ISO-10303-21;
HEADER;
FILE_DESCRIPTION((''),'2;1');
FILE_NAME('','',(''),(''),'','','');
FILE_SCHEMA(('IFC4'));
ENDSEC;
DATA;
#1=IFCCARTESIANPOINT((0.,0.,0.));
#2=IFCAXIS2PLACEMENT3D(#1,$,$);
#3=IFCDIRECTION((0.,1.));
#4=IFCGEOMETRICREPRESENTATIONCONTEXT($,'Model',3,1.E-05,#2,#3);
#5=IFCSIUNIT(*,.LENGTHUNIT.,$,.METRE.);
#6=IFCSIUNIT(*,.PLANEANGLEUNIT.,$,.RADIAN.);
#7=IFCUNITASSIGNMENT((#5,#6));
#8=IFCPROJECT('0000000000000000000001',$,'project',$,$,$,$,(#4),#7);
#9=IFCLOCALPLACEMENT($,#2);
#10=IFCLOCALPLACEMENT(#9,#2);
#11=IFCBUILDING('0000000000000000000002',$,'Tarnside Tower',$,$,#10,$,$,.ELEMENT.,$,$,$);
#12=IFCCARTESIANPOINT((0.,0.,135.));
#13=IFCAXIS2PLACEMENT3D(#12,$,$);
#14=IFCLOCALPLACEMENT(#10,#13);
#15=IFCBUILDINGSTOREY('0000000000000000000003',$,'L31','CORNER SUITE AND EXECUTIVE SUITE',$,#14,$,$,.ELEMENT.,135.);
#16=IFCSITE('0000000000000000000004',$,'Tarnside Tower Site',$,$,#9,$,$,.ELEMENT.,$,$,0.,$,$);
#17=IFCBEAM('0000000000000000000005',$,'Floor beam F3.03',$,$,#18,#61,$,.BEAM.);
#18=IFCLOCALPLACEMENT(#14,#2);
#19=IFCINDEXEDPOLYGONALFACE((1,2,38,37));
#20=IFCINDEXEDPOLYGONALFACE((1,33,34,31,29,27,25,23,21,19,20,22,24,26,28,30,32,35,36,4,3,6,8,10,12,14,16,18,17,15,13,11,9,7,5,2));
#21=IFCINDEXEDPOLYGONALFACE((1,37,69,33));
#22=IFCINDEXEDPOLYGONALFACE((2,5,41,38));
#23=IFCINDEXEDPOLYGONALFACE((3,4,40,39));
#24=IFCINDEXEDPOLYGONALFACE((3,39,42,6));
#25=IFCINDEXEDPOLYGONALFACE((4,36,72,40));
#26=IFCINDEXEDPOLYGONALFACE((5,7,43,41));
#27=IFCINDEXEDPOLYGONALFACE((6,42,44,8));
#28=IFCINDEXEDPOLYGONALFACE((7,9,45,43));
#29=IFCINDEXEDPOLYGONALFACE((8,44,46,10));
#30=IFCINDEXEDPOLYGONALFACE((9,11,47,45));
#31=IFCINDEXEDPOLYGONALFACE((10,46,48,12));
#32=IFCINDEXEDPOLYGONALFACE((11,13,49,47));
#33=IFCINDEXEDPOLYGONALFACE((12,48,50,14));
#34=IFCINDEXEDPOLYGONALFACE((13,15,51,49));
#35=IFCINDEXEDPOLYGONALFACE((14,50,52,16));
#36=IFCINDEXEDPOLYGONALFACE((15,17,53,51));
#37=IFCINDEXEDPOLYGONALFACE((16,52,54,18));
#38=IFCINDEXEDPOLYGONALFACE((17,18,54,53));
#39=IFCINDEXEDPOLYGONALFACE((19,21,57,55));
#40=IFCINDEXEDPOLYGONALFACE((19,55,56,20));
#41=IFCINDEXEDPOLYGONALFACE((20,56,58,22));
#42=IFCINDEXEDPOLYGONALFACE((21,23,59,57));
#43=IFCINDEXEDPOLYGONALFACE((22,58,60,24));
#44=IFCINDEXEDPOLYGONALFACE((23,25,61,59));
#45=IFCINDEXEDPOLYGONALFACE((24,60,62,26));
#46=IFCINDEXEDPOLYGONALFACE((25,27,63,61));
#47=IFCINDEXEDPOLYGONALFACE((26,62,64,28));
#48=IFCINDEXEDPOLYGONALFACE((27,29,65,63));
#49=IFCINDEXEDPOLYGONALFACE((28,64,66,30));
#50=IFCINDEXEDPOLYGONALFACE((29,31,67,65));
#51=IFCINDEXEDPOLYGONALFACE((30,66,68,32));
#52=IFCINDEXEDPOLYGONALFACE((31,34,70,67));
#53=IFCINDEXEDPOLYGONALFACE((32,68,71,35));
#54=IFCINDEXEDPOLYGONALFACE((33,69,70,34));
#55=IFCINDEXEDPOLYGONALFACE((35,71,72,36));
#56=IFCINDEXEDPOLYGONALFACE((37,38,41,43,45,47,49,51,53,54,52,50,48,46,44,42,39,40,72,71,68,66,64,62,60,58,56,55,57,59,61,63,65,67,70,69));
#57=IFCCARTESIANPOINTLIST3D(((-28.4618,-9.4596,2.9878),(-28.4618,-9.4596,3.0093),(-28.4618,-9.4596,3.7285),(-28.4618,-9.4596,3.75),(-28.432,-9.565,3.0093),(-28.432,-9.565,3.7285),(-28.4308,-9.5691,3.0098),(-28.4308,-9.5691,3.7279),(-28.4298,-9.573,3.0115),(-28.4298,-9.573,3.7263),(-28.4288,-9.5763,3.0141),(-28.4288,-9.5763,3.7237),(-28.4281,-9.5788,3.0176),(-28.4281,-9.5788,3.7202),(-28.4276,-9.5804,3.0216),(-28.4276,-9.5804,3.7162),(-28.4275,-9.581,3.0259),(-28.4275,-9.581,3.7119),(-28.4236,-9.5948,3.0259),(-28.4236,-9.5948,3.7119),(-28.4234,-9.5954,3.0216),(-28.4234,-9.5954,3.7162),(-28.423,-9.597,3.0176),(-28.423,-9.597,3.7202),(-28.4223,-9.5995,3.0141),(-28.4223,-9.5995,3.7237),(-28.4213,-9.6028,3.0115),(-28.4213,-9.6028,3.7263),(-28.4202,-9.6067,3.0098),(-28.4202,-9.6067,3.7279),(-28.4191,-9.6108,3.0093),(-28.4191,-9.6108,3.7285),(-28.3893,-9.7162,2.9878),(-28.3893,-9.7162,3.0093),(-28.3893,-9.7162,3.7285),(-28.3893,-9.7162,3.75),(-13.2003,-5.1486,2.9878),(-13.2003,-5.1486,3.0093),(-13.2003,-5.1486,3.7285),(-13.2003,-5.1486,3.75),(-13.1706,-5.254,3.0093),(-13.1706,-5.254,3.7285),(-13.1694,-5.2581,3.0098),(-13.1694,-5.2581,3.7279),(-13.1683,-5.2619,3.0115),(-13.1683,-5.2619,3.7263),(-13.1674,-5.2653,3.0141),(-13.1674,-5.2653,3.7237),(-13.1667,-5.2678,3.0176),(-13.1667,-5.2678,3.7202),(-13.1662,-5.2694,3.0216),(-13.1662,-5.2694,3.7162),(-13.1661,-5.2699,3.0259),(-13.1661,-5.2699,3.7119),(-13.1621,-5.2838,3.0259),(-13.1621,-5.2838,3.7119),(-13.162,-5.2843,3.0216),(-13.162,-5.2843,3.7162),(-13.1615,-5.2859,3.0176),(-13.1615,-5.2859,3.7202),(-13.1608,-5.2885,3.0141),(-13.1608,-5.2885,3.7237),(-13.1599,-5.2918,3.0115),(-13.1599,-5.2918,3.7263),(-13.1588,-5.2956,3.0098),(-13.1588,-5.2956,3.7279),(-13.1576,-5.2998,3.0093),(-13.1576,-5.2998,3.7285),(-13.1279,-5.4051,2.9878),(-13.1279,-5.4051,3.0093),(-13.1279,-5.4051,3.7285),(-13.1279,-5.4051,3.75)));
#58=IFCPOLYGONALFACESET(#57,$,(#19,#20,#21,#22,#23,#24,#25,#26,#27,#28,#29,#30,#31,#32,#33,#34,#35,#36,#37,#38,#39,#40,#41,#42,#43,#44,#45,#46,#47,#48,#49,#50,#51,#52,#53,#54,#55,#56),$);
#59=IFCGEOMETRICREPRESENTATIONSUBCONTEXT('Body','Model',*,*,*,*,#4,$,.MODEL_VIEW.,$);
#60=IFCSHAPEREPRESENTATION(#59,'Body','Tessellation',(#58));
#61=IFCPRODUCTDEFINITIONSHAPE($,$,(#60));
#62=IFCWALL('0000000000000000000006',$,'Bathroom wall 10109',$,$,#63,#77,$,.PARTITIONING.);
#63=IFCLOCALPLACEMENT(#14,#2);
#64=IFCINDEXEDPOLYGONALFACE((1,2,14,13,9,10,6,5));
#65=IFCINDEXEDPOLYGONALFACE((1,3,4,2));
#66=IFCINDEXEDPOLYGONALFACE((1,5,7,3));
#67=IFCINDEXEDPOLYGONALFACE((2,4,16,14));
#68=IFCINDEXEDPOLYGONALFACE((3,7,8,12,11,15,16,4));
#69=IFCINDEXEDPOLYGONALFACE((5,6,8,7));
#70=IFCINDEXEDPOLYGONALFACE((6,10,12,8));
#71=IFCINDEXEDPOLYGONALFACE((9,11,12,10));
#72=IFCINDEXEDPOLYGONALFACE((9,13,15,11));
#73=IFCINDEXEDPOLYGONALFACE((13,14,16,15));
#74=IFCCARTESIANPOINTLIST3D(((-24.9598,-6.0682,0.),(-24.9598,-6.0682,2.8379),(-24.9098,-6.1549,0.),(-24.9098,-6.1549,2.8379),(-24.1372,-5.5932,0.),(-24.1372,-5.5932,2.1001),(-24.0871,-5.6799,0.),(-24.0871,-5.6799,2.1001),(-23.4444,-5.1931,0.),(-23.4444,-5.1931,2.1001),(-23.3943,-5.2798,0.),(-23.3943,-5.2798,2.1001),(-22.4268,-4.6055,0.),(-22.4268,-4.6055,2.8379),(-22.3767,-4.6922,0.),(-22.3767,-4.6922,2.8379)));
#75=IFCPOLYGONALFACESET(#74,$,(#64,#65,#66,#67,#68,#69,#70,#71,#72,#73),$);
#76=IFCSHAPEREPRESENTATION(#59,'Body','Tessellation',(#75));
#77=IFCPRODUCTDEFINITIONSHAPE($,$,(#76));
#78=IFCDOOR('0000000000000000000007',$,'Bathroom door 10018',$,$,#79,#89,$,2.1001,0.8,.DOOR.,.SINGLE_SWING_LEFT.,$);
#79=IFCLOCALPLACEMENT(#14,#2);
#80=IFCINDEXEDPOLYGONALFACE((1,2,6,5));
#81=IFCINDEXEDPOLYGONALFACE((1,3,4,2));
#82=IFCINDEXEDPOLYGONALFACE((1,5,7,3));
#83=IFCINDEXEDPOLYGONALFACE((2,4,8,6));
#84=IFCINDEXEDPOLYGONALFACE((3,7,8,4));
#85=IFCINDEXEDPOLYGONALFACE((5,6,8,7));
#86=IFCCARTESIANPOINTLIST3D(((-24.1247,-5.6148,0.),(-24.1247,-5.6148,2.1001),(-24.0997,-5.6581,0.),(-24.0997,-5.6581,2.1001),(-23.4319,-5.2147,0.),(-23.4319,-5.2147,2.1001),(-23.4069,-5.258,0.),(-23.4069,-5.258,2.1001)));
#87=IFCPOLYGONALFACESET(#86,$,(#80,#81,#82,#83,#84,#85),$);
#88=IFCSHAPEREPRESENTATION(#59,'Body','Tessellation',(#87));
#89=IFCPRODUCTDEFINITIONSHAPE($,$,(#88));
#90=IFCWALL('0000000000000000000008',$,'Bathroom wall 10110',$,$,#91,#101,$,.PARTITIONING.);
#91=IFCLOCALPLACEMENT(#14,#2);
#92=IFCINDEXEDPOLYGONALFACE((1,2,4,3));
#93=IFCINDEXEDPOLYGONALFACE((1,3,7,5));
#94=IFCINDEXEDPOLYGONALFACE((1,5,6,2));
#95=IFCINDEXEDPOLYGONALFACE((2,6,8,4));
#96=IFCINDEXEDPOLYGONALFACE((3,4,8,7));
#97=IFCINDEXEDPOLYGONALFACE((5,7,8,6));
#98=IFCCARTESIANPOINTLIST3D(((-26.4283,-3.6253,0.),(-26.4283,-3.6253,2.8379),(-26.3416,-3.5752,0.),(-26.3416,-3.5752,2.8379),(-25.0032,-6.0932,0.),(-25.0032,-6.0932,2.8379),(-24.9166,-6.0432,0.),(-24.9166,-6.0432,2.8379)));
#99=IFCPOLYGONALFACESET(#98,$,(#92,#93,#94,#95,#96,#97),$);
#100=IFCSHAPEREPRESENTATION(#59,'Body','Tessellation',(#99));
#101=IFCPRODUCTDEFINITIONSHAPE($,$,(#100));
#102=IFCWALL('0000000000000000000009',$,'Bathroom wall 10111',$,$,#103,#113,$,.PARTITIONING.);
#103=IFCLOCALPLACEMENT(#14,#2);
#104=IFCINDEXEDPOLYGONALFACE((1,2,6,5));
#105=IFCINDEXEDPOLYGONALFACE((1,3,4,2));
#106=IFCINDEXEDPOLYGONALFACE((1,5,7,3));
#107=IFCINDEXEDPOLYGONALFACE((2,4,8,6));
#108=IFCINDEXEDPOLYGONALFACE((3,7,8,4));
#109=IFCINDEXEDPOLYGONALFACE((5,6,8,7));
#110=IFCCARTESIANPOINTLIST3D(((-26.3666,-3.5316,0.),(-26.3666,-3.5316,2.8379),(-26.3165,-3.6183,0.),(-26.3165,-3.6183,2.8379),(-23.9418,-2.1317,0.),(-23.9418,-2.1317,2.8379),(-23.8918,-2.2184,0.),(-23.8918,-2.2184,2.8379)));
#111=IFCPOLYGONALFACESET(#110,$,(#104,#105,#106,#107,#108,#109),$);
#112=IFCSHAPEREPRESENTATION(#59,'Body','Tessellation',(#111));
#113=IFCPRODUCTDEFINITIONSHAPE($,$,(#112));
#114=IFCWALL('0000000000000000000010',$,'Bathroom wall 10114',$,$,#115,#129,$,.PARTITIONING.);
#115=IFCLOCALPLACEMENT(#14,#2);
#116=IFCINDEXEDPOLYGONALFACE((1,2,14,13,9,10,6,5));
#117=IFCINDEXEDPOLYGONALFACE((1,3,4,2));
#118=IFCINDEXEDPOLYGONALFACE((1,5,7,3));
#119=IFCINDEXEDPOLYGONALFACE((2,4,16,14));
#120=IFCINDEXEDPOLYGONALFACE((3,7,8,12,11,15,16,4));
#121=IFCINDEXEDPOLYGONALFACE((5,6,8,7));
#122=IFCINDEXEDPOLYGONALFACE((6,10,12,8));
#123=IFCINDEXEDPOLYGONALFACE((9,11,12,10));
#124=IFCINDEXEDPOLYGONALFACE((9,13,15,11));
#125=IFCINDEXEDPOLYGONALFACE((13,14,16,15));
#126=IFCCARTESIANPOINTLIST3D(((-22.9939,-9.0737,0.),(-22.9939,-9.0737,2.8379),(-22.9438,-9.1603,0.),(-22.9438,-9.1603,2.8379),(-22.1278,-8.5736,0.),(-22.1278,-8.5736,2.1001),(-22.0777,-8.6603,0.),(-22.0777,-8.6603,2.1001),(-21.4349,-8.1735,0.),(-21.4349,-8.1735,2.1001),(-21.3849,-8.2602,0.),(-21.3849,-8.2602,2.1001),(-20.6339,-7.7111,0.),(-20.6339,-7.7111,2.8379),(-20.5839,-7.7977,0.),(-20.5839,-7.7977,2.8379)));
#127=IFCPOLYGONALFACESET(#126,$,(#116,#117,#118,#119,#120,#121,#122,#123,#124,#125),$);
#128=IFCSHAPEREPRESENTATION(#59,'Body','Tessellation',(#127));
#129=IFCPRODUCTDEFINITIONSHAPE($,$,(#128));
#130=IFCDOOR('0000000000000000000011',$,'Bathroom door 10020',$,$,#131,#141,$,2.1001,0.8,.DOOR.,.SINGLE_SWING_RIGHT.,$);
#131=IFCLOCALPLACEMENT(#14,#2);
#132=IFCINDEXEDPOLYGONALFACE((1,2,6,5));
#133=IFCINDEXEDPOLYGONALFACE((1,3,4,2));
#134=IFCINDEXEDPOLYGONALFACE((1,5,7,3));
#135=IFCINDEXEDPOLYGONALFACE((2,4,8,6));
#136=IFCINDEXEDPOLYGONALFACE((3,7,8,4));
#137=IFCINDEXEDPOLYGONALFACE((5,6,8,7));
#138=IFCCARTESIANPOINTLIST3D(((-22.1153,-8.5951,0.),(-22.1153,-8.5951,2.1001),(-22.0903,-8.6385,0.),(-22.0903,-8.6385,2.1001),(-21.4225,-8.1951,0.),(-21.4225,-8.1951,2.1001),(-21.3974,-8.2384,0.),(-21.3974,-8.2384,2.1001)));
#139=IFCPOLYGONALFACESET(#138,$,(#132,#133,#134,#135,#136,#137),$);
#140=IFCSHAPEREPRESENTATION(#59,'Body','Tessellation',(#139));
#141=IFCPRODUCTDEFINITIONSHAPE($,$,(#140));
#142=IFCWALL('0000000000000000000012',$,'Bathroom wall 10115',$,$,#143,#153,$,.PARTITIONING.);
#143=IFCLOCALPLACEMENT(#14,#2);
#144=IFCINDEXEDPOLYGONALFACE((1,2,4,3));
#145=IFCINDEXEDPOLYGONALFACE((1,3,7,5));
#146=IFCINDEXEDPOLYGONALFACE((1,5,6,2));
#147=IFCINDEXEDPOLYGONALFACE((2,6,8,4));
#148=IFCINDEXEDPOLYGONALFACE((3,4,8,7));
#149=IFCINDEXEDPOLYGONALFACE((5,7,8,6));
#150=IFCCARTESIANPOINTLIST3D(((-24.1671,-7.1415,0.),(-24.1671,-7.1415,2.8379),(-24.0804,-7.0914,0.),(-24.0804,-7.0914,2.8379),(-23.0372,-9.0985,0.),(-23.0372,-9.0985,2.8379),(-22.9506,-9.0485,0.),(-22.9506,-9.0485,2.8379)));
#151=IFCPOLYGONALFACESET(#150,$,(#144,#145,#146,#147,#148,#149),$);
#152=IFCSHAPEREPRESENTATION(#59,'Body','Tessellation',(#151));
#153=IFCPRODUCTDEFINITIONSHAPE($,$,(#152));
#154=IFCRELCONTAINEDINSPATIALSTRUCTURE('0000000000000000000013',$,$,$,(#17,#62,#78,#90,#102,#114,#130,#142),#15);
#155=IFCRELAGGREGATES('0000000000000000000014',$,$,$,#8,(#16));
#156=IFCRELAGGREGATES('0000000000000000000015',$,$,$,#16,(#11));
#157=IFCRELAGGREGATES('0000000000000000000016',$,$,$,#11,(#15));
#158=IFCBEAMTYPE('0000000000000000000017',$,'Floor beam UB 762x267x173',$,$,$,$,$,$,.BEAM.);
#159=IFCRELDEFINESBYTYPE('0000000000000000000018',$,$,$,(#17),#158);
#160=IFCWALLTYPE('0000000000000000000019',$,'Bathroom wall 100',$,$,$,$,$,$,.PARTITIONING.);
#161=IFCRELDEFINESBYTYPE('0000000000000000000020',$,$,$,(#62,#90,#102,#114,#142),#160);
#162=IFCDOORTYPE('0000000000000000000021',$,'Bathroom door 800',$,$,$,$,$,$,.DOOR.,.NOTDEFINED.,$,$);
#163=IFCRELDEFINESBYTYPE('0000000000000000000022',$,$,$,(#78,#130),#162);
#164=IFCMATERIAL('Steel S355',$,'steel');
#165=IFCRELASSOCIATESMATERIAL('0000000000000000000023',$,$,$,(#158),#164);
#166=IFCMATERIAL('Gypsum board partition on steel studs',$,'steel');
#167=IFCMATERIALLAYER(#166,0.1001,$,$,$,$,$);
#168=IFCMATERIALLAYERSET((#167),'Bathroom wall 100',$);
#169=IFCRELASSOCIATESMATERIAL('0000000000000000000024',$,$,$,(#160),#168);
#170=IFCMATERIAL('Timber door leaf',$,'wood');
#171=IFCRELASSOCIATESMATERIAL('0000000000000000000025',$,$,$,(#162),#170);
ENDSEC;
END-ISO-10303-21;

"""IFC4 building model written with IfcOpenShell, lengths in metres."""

from ifc_helpers import new_model, si_unit, direction, frame, frame_2d, origin, origin_2d, place, context, subcontext, project, spatial, rectangle, i_section, extrude, material, layer, layer_set, material_profile, profile_set, type_object, element, fill, save


model = new_model("IFC4")

# Units and contexts
model_context = context("Model", 3, precision=1e-05, world=origin(), true_north=direction((0.0, 1.0)))
body_context = subcontext(model_context, "Body", "Model", "MODEL_VIEW")
ifc_project = project(units=[si_unit("LENGTHUNIT", "METRE"), si_unit("PLANEANGLEUNIT", "RADIAN")], contexts=[model_context])

# Site, building, storey
site_placement = place(None, origin())
site = spatial("IfcSite", under=ifc_project, at=site_placement, Name="Tarnside Tower Site", CompositionType="ELEMENT", RefElevation=0.0)
building_placement = place(site_placement, origin())
building = spatial("IfcBuilding", under=site, at=building_placement, Name="Tarnside Tower", CompositionType="ELEMENT")
storey_placement = place(building_placement, frame((0.0, 0.0, 135.0)))
storey = spatial("IfcBuildingStorey", under=building, at=storey_placement, Name="L31", Description="CORNER SUITE AND EXECUTIVE SUITE", CompositionType="ELEMENT", Elevation=135.0)

# Beam
ifc_material_1 = material(Name="Steel S355", Category="steel")
ifc_material_profile = material_profile(ifc_material_1, i_section(OverallWidth=0.2666, OverallDepth=0.7622, WebThickness=0.0144, FlangeThickness=0.0215, FilletRadius=0.0166, at=origin_2d()), Name="UB 762x267x173")
ifc_profile_set = profile_set([ifc_material_profile], Name="Steel S355")
beam_type = type_object("IfcBeamType", Name="Floor beam UB 762x267x173", PredefinedType="BEAM", material=ifc_profile_set)
beam_placement = place(storey_placement, frame((-28.4255, -9.5879, 3.3689), z_axis=(0.962342, 0.271841, 0.0), x_axis=(-0.271841, 0.962342, 0.0)))
element("IfcBeam", 1, at=beam_placement, inside=storey, type_object=beam_type, Name="Floor beam F3.03", PredefinedType="BEAM", context=body_context, shape_type="SweptSolid", body=[
    extrude(i_section(OverallWidth=0.2666, OverallDepth=0.7622, WebThickness=0.0144, FlangeThickness=0.0215, FilletRadius=0.0166, at=origin_2d()), origin(), (0.0, 0.0, 1.0), 15.8586),
])

# Wall, opening, door
ifc_material_2 = material(Name="Gypsum board partition on steel studs", Category="steel")
ifc_layer_1 = layer(ifc_material_2, 0.1001)
ifc_layer_set_1 = layer_set([ifc_layer_1], Name="Bathroom wall 100")
wall_type_1 = type_object("IfcWallType", Name="Bathroom wall 100", PredefinedType="PARTITIONING", material=ifc_layer_set_1)
wall_1_placement = place(storey_placement, frame((-22.4019, -4.6489, 0.0), z_axis=(0.0, 0.0, 1.0), x_axis=(-0.86599, -0.500062, 0.0)))
wall_1 = element("IfcWall", 2, at=wall_1_placement, inside=storey, type_object=wall_type_1, Name="Bathroom wall 10109", PredefinedType="PARTITIONING", context=body_context, shape_type="SweptSolid", body=[
    extrude(rectangle(XDim=2.925, YDim=0.1001, at=frame_2d((1.4624, 0.0))), origin(), (0.0, 0.0, 1.0), 2.8379),
])
opening_1_placement = place(wall_1_placement, frame((1.175, 0.0, 0.0)))
opening_1 = element("IfcOpeningElement", 3, at=opening_1_placement, cuts=wall_1, PredefinedType="OPENING", context=body_context, shape_type="SweptSolid", body=[
    extrude(rectangle(XDim=0.8, YDim=2.1001, at=frame_2d((0.3999, 1.05))), frame((0.0, 0.0601, 0.0), z_axis=(0.0, -1.0, 0.0), x_axis=(1.0, 0.0, 0.0)), (0.0, 0.0, 1.0), 0.1201),
])
ifc_material_3 = material(Name="Timber door leaf", Category="wood")
door_type_1 = type_object("IfcDoorType", Name="Bathroom door 800", OperationType="NOTDEFINED", PredefinedType="DOOR", material=ifc_material_3)
door_1_placement = place(opening_1_placement, origin())
door_1 = element("IfcDoor", 4, at=door_1_placement, inside=storey, type_object=door_type_1, Name="Bathroom door 10018", OperationType="SINGLE_SWING_LEFT", OverallHeight=2.1001, OverallWidth=0.8, PredefinedType="DOOR", context=body_context, shape_type="SweptSolid", body=[
    extrude(rectangle(XDim=0.8, YDim=2.1001, at=frame_2d((0.3999, 1.05))), frame((0.0, 0.0249, 0.0), z_axis=(0.0, -1.0, 0.0), x_axis=(1.0, 0.0, 0.0)), (0.0, 0.0, 1.0), 0.05),
])
fill(opening_1, door_1)

# Walls
wall_2_placement = place(storey_placement, frame((-24.96, -6.0681, 0.0), z_axis=(0.0, 0.0, 1.0), x_axis=(-0.500036, 0.866004, 0.0)))
element("IfcWall", 5, at=wall_2_placement, inside=storey, type_object=wall_type_1, Name="Bathroom wall 10110", PredefinedType="PARTITIONING", context=body_context, shape_type="SweptSolid", body=[
    extrude(rectangle(XDim=2.8499, YDim=0.1001, at=frame_2d((1.4248, 0.0))), origin(), (0.0, 0.0, 1.0), 2.8379),
])
wall_3_placement = place(storey_placement, frame((-26.3416, -3.575, 0.0), z_axis=(0.0, 0.0, 1.0), x_axis=(0.866035, 0.499984, 0.0)))
element("IfcWall", 6, at=wall_3_placement, inside=storey, type_object=wall_type_1, Name="Bathroom wall 10111", PredefinedType="PARTITIONING", context=body_context, shape_type="SweptSolid", body=[
    extrude(rectangle(XDim=2.7998, YDim=0.1001, at=frame_2d((1.3999, 0.0))), origin(), (0.0, 0.0, 1.0), 2.8379),
])

# Wall, opening, door
wall_4_placement = place(storey_placement, frame((-20.6089, -7.7544, 0.0), z_axis=(0.0, 0.0, 1.0), x_axis=(-0.866013, -0.500022, 0.0)))
wall_4 = element("IfcWall", 7, at=wall_4_placement, inside=storey, type_object=wall_type_1, Name="Bathroom wall 10114", PredefinedType="PARTITIONING", context=body_context, shape_type="SweptSolid", body=[
    extrude(rectangle(XDim=2.7251, YDim=0.1001, at=frame_2d((1.3625, 0.0))), origin(), (0.0, 0.0, 1.0), 2.8379),
])
opening_2_placement = place(wall_4_placement, frame((0.925, 0.0, 0.0)))
opening_2 = element("IfcOpeningElement", 8, at=opening_2_placement, cuts=wall_4, PredefinedType="OPENING", context=body_context, shape_type="SweptSolid", body=[
    extrude(rectangle(XDim=0.8, YDim=2.1001, at=frame_2d((0.3999, 1.05))), frame((0.0, 0.0601, 0.0), z_axis=(0.0, -1.0, 0.0), x_axis=(1.0, 0.0, 0.0)), (0.0, 0.0, 1.0), 0.1201),
])
door_2_placement = place(opening_2_placement, origin())
door_2 = element("IfcDoor", 9, at=door_2_placement, inside=storey, type_object=door_type_1, Name="Bathroom door 10020", OperationType="SINGLE_SWING_RIGHT", OverallHeight=2.1001, OverallWidth=0.8, PredefinedType="DOOR", context=body_context, shape_type="SweptSolid", body=[
    extrude(rectangle(XDim=0.8, YDim=2.1001, at=frame_2d((0.3999, 1.05))), frame((0.0, 0.0249, 0.0), z_axis=(0.0, -1.0, 0.0), x_axis=(1.0, 0.0, 0.0)), (0.0, 0.0, 1.0), 0.05),
])
fill(opening_2, door_2)

# Wall
wall_5_placement = place(storey_placement, frame((-22.9939, -9.0735, 0.0), z_axis=(0.0, 0.0, 1.0), x_axis=(-0.499997, 0.866027, 0.0)))
element("IfcWall", 10, at=wall_5_placement, inside=storey, type_object=wall_type_1, Name="Bathroom wall 10115", PredefinedType="PARTITIONING", context=body_context, shape_type="SweptSolid", body=[
    extrude(rectangle(XDim=2.2598, YDim=0.1001, at=frame_2d((1.1299, 0.0))), origin(), (0.0, 0.0, 1.0), 2.8379),
])

save(model, "model.ifc")
